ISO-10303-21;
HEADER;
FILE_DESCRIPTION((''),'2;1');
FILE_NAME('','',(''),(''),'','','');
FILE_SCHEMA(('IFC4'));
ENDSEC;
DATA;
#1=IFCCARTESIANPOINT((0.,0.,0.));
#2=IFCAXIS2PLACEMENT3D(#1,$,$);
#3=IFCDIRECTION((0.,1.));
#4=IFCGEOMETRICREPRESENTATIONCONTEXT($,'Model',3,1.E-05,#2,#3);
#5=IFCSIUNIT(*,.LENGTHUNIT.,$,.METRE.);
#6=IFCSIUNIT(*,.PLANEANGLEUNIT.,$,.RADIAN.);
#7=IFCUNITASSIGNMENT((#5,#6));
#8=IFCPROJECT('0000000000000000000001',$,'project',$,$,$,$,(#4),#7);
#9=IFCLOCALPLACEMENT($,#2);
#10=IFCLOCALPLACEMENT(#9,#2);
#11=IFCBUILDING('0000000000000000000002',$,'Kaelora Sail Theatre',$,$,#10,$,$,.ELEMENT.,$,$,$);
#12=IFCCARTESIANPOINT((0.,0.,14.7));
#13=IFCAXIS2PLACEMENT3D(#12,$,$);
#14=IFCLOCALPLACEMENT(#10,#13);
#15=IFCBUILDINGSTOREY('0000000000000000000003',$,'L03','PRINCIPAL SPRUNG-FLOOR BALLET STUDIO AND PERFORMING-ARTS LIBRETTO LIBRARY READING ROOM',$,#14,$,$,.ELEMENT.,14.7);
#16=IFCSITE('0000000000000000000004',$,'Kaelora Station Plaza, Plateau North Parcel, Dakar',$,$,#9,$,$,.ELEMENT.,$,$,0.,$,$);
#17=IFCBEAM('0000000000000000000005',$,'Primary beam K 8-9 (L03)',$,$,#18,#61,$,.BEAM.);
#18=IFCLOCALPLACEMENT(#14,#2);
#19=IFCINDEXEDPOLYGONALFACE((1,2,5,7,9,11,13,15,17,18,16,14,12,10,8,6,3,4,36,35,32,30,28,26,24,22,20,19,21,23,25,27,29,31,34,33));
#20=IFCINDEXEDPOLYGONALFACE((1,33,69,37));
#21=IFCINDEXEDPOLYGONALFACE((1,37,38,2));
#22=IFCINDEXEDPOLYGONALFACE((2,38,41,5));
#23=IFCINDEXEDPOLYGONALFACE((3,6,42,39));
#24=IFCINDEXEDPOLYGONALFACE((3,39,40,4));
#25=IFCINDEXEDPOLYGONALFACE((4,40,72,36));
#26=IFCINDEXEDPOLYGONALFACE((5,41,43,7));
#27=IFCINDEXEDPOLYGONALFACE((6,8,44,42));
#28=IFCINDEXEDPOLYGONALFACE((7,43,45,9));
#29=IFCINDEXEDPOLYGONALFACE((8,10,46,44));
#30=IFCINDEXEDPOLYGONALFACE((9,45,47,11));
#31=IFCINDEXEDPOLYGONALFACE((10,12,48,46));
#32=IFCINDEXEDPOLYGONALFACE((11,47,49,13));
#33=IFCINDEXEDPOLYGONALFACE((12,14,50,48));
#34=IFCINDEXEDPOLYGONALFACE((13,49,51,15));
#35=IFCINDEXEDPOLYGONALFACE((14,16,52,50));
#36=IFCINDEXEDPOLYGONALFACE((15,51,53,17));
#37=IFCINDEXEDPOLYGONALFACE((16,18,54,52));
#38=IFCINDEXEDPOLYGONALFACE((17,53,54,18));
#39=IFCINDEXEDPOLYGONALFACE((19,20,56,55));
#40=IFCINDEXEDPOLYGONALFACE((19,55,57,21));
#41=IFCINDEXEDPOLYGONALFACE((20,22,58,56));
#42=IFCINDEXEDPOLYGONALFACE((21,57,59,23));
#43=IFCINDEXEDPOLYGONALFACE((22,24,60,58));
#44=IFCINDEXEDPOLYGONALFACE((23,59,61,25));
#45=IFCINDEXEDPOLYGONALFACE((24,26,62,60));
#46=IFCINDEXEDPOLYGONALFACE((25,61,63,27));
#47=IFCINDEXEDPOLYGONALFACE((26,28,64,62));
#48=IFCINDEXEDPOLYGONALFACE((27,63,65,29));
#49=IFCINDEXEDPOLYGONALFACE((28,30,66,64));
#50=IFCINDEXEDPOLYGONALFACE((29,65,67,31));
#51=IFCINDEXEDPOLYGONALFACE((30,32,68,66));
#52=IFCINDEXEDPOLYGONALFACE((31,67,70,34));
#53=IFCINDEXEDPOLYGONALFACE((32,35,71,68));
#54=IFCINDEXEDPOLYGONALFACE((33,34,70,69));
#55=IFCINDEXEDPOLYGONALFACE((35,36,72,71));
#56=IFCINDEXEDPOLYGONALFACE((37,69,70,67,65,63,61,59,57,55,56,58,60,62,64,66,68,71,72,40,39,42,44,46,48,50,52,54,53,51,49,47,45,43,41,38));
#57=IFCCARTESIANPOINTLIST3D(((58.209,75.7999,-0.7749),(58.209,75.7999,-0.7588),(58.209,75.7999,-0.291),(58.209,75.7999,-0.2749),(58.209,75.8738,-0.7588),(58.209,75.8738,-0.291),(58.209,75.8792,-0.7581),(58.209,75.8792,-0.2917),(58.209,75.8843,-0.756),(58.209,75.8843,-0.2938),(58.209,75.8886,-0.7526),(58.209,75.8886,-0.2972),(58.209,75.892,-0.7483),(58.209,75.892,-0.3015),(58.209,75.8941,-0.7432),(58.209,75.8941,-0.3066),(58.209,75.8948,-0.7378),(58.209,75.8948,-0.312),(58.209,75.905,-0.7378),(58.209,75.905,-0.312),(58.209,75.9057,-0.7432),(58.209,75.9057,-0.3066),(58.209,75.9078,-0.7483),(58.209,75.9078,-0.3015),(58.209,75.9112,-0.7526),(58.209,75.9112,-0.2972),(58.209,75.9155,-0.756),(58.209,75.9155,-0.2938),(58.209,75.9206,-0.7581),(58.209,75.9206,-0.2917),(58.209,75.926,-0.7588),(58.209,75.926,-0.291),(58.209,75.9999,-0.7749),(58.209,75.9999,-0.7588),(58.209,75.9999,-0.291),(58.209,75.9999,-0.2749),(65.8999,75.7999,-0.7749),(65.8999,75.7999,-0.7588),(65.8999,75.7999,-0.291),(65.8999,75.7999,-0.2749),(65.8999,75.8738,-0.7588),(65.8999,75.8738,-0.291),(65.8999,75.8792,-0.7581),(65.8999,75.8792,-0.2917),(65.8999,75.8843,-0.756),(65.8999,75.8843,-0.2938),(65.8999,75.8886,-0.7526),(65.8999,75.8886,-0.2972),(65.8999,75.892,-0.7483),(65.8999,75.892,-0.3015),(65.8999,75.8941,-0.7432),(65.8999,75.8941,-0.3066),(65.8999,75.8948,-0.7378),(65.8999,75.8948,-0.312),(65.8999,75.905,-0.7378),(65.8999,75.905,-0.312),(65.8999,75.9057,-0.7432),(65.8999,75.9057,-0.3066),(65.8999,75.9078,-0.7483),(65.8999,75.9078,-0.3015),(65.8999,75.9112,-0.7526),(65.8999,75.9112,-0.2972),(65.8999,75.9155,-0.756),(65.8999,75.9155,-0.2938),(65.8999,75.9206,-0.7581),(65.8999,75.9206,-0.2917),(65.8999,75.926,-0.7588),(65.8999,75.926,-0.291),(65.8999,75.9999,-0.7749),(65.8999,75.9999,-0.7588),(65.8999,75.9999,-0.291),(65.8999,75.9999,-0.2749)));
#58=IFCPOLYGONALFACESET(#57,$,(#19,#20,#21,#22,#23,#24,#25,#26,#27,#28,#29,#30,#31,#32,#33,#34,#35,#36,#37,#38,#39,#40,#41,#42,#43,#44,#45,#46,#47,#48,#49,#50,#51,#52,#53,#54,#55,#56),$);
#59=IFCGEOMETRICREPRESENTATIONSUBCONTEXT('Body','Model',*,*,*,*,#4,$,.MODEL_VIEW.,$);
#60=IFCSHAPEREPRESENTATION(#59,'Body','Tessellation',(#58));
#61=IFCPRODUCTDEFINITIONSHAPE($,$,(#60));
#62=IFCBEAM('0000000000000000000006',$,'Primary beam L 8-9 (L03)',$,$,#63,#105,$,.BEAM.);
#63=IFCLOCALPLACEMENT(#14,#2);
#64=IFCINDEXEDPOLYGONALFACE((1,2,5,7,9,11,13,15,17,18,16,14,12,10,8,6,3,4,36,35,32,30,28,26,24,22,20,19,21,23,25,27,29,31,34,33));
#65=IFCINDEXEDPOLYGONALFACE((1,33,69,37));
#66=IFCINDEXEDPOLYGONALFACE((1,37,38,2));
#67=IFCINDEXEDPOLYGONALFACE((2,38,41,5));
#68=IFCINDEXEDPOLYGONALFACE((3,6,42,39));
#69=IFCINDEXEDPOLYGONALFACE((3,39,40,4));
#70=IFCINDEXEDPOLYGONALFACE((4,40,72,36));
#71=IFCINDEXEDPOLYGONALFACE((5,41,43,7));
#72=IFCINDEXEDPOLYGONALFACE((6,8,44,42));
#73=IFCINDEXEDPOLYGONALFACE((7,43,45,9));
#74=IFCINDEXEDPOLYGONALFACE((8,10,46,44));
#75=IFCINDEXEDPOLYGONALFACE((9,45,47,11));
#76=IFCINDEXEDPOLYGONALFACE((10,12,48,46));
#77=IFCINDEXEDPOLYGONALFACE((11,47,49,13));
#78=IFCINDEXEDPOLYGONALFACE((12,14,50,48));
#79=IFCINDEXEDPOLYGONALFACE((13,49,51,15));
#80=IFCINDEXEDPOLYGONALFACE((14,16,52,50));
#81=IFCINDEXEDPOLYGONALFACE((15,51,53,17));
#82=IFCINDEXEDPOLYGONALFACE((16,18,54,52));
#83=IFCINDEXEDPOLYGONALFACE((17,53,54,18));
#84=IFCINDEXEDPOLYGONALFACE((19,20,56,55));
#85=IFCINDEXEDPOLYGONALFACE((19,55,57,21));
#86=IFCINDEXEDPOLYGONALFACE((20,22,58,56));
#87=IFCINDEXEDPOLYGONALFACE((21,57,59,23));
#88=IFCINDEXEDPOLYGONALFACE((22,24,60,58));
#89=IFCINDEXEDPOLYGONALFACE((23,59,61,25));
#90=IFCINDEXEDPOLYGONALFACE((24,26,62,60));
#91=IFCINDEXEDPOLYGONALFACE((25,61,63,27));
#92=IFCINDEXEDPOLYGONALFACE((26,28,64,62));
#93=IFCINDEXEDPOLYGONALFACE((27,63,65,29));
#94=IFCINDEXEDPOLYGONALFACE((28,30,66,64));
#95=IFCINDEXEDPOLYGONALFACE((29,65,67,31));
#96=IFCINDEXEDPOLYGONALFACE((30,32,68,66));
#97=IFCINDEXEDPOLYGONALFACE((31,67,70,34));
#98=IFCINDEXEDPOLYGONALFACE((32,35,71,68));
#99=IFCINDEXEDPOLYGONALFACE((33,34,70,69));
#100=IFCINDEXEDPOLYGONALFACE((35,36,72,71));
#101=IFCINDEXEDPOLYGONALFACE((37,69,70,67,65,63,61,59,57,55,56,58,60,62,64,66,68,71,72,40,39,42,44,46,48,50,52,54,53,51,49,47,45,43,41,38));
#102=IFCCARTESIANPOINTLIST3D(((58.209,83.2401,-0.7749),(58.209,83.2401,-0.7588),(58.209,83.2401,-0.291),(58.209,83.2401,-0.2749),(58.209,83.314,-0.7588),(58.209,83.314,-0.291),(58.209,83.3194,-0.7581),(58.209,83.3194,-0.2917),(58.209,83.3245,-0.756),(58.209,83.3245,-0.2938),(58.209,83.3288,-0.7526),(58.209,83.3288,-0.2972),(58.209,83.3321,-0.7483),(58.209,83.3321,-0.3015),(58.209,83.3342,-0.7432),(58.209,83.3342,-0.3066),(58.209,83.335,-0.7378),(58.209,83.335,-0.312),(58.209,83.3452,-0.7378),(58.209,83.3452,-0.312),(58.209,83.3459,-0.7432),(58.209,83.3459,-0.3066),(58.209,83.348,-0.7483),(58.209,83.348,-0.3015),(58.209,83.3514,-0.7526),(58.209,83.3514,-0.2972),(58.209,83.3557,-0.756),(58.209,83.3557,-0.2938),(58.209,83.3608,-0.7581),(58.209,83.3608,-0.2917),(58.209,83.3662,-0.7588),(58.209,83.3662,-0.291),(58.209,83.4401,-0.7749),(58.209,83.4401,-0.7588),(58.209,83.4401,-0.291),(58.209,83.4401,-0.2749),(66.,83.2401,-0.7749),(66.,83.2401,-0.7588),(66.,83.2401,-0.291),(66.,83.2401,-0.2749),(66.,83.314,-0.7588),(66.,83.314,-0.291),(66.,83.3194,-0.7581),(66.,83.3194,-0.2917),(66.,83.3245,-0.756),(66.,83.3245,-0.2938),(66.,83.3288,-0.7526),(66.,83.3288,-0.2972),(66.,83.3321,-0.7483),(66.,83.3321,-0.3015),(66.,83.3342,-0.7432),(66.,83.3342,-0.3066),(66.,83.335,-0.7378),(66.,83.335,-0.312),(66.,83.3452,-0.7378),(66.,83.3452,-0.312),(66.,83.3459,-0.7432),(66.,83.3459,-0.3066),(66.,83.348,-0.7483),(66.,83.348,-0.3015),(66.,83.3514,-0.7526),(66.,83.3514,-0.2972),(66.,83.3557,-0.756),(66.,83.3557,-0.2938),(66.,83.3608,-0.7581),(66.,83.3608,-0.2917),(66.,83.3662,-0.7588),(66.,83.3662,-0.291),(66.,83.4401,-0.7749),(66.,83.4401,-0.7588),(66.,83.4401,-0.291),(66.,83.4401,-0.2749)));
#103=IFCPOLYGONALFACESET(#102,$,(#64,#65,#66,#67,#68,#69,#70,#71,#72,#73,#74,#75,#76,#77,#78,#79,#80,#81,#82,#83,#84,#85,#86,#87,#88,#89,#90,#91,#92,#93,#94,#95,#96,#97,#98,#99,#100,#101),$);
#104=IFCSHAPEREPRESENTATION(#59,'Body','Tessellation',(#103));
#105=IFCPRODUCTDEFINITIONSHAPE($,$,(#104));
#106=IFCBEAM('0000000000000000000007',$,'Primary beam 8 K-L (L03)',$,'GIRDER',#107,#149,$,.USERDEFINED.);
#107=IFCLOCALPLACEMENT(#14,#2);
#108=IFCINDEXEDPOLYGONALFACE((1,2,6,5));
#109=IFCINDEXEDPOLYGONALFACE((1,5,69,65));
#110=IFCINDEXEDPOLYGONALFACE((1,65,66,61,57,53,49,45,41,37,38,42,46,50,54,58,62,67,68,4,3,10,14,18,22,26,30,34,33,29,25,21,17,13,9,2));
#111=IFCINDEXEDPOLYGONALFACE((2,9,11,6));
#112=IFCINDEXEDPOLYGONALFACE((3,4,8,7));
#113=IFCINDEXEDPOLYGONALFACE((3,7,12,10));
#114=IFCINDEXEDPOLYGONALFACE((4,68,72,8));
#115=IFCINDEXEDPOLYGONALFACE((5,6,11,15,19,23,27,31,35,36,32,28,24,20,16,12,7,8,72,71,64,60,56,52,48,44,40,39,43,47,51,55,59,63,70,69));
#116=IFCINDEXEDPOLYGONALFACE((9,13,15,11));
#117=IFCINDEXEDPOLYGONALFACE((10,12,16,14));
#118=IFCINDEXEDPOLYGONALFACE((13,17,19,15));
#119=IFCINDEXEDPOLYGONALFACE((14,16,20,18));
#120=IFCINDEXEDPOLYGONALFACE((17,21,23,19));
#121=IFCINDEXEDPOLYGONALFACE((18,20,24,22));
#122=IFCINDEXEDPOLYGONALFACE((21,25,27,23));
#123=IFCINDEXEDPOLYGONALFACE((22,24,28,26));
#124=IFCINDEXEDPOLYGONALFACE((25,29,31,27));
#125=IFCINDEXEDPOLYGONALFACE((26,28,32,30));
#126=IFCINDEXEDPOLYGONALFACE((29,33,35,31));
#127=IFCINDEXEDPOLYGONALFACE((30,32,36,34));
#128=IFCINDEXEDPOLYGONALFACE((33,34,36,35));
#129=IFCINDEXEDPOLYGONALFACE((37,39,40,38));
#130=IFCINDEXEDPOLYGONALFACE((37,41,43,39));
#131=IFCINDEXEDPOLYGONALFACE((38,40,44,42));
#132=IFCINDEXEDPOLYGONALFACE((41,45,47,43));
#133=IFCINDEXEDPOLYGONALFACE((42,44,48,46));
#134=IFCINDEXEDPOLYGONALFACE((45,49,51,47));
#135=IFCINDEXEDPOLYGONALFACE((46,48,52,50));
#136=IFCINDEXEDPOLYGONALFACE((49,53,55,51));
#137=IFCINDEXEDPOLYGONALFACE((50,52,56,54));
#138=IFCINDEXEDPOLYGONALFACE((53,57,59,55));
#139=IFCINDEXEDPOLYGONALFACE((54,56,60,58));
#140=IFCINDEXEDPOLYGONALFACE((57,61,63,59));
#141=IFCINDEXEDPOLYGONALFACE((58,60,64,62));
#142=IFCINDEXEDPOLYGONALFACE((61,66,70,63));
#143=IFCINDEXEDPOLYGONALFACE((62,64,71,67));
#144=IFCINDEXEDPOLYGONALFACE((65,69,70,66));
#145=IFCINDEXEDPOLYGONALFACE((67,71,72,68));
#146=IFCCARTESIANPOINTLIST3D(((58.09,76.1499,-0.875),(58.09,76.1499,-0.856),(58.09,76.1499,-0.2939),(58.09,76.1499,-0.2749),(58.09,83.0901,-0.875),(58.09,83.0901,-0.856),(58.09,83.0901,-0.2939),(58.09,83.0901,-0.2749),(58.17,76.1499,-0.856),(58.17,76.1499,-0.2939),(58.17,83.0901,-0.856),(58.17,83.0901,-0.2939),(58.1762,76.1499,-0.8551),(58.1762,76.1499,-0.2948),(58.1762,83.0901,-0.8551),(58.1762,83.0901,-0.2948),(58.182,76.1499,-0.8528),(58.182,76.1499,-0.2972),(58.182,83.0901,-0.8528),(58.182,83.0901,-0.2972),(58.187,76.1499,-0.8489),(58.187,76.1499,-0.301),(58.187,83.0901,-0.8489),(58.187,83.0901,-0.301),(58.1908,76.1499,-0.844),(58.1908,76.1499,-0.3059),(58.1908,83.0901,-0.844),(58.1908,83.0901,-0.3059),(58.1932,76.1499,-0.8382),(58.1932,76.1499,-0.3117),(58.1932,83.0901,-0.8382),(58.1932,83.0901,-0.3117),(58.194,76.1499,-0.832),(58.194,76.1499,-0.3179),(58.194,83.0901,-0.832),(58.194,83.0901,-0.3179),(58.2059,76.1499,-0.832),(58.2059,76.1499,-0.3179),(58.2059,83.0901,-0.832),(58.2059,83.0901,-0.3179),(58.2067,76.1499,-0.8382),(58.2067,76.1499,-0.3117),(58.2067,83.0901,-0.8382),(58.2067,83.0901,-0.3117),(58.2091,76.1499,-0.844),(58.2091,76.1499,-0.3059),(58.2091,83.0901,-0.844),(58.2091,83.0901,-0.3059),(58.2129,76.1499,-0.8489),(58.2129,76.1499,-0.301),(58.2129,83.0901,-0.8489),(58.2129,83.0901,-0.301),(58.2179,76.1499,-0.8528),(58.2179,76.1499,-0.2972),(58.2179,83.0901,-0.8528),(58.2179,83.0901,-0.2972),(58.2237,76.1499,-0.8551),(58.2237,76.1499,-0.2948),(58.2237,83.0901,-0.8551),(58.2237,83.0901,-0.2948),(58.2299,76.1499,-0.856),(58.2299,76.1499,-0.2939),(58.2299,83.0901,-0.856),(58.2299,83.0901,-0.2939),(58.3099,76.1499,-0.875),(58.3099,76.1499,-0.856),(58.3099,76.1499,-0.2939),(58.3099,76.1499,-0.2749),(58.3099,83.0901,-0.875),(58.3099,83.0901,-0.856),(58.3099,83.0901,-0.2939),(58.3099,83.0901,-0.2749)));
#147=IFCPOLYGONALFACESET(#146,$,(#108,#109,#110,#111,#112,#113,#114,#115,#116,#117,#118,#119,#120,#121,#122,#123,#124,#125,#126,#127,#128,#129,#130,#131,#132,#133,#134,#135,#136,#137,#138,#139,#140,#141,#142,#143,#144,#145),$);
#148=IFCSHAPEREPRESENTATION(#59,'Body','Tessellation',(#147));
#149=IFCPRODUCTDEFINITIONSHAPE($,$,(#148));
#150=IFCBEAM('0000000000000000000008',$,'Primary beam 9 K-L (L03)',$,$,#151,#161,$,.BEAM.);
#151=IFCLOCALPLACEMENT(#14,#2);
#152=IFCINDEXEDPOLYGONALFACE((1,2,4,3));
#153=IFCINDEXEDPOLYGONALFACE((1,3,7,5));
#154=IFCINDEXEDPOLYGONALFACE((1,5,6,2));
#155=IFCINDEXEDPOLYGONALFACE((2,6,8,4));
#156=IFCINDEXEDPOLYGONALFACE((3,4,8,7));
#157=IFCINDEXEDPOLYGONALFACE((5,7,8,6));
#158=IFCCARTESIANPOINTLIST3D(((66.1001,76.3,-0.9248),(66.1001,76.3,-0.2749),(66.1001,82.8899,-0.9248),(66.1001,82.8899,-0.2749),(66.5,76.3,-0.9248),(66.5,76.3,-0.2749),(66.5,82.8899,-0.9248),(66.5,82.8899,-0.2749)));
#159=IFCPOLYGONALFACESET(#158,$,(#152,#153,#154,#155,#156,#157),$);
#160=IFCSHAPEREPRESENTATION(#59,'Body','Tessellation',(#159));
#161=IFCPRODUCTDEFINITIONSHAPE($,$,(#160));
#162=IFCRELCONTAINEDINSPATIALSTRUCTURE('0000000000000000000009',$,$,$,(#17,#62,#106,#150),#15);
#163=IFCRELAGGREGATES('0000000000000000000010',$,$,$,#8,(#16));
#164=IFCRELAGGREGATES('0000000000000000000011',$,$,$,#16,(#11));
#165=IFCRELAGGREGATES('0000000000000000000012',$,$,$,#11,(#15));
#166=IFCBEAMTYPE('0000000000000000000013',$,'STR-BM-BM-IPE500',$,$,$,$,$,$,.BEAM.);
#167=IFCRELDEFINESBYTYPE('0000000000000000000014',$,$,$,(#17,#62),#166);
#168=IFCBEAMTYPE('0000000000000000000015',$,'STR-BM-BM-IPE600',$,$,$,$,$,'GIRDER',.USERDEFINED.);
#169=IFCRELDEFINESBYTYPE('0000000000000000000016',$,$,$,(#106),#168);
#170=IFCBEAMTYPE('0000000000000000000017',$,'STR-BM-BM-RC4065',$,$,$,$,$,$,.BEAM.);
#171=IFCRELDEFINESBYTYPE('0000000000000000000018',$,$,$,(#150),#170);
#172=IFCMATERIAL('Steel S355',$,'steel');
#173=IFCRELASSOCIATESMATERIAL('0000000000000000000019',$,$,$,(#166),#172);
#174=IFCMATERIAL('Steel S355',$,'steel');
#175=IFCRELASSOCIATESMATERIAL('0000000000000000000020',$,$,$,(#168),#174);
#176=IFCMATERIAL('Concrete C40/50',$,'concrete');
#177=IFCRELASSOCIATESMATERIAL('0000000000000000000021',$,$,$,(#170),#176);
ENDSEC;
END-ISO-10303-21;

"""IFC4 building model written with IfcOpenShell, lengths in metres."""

from ifc_helpers import new_model, si_unit, direction, frame, origin, origin_2d, place, context, subcontext, project, spatial, rectangle, i_section, extrude, material, material_profile, profile_set, type_object, element, save


model = new_model("IFC4")

# Units and contexts
model_context = context("Model", 3, precision=1e-05, world=origin(), true_north=direction((0.0, 1.0)))
body_context = subcontext(model_context, "Body", "Model", "MODEL_VIEW")
ifc_project = project(units=[si_unit("LENGTHUNIT", "METRE"), si_unit("PLANEANGLEUNIT", "RADIAN")], contexts=[model_context])

# Site, building, storey
site_placement = place(None, origin())
site = spatial("IfcSite", under=ifc_project, at=site_placement, Name="Kaelora Station Plaza, Plateau North Parcel, Dakar", CompositionType="ELEMENT", RefElevation=0.0)
building_placement = place(site_placement, origin())
building = spatial("IfcBuilding", under=site, at=building_placement, Name="Kaelora Sail Theatre", CompositionType="ELEMENT")
storey_placement = place(building_placement, frame((0.0, 0.0, 14.7)))
storey = spatial("IfcBuildingStorey", under=building, at=storey_placement, Name="L03", Description="PRINCIPAL SPRUNG-FLOOR BALLET STUDIO AND PERFORMING-ARTS LIBRETTO LIBRARY READING ROOM", CompositionType="ELEMENT", Elevation=14.7)

# Beams
ifc_material_1 = material(Name="Steel S355", Category="steel")
ifc_material_profile_1 = material_profile(ifc_material_1, i_section(OverallWidth=0.2, OverallDepth=0.5, WebThickness=0.0103, FlangeThickness=0.0161, FilletRadius=0.021, at=origin_2d()), Name="IPE 500")
ifc_profile_set_1 = profile_set([ifc_material_profile_1], Name="Steel S355")
beam_type_1 = type_object("IfcBeamType", Name="STR-BM-BM-IPE500", PredefinedType="BEAM", material=ifc_profile_set_1)
beam_1_placement = place(storey_placement, frame((58.209, 75.8999, -0.5249), z_axis=(1.0, 0.0, 0.0), x_axis=(0.0, 1.0, 0.0)))
element("IfcBeam", 1, at=beam_1_placement, inside=storey, type_object=beam_type_1, Name="Primary beam K 8-9 (L03)", PredefinedType="BEAM", context=body_context, shape_type="SweptSolid", body=[
    extrude(i_section(OverallWidth=0.2, OverallDepth=0.5, WebThickness=0.0103, FlangeThickness=0.0161, FilletRadius=0.021, at=origin_2d()), origin(), (0.0, 0.0, 1.0), 7.6909),
])
beam_2_placement = place(storey_placement, frame((58.209, 83.3401, -0.5249), z_axis=(1.0, 0.0, 0.0), x_axis=(0.0, 1.0, 0.0)))
element("IfcBeam", 2, at=beam_2_placement, inside=storey, type_object=beam_type_1, Name="Primary beam L 8-9 (L03)", PredefinedType="BEAM", context=body_context, shape_type="SweptSolid", body=[
    extrude(i_section(OverallWidth=0.2, OverallDepth=0.5, WebThickness=0.0103, FlangeThickness=0.0161, FilletRadius=0.021, at=origin_2d()), origin(), (0.0, 0.0, 1.0), 7.791),
])
ifc_material_2 = material(Name="Steel S355", Category="steel")
ifc_material_profile_2 = material_profile(ifc_material_2, i_section(OverallWidth=0.22, OverallDepth=0.6001, WebThickness=0.012, FlangeThickness=0.019, FilletRadius=0.0239, at=origin_2d()), Name="IPE 600")
ifc_profile_set_2 = profile_set([ifc_material_profile_2], Name="Steel S355")
beam_type_2 = type_object("IfcBeamType", Name="STR-BM-BM-IPE600", ElementType="GIRDER", PredefinedType="USERDEFINED", material=ifc_profile_set_2)
beam_3_placement = place(storey_placement, frame((58.2, 76.1499, -0.575), z_axis=(0.0, 1.0, 0.0), x_axis=(-1.0, 0.0, 0.0)))
element("IfcBeam", 3, at=beam_3_placement, inside=storey, type_object=beam_type_2, Name="Primary beam 8 K-L (L03)", ObjectType="GIRDER", PredefinedType="USERDEFINED", context=body_context, shape_type="SweptSolid", body=[
    extrude(i_section(OverallWidth=0.22, OverallDepth=0.6001, WebThickness=0.012, FlangeThickness=0.019, FilletRadius=0.0239, at=origin_2d()), origin(), (0.0, 0.0, 1.0), 6.9402),
])
ifc_material_3 = material(Name="Concrete C40/50", Category="concrete")
ifc_material_profile_3 = material_profile(ifc_material_3, rectangle(XDim=0.3999, YDim=0.6499, at=origin_2d()), Name="RC-BM 400x650")
ifc_profile_set_3 = profile_set([ifc_material_profile_3], Name="Concrete C40/50")
beam_type_3 = type_object("IfcBeamType", Name="STR-BM-BM-RC4065", PredefinedType="BEAM", material=ifc_profile_set_3)
beam_4_placement = place(storey_placement, frame((66.3, 76.3, -0.5999), z_axis=(0.0, 1.0, 0.0), x_axis=(-1.0, 0.0, 0.0)))
element("IfcBeam", 4, at=beam_4_placement, inside=storey, type_object=beam_type_3, Name="Primary beam 9 K-L (L03)", PredefinedType="BEAM", context=body_context, shape_type="SweptSolid", body=[
    extrude(rectangle(XDim=0.3999, YDim=0.6499, at=origin_2d()), origin(), (0.0, 0.0, 1.0), 6.5898),
])

save(model, "model.ifc")
